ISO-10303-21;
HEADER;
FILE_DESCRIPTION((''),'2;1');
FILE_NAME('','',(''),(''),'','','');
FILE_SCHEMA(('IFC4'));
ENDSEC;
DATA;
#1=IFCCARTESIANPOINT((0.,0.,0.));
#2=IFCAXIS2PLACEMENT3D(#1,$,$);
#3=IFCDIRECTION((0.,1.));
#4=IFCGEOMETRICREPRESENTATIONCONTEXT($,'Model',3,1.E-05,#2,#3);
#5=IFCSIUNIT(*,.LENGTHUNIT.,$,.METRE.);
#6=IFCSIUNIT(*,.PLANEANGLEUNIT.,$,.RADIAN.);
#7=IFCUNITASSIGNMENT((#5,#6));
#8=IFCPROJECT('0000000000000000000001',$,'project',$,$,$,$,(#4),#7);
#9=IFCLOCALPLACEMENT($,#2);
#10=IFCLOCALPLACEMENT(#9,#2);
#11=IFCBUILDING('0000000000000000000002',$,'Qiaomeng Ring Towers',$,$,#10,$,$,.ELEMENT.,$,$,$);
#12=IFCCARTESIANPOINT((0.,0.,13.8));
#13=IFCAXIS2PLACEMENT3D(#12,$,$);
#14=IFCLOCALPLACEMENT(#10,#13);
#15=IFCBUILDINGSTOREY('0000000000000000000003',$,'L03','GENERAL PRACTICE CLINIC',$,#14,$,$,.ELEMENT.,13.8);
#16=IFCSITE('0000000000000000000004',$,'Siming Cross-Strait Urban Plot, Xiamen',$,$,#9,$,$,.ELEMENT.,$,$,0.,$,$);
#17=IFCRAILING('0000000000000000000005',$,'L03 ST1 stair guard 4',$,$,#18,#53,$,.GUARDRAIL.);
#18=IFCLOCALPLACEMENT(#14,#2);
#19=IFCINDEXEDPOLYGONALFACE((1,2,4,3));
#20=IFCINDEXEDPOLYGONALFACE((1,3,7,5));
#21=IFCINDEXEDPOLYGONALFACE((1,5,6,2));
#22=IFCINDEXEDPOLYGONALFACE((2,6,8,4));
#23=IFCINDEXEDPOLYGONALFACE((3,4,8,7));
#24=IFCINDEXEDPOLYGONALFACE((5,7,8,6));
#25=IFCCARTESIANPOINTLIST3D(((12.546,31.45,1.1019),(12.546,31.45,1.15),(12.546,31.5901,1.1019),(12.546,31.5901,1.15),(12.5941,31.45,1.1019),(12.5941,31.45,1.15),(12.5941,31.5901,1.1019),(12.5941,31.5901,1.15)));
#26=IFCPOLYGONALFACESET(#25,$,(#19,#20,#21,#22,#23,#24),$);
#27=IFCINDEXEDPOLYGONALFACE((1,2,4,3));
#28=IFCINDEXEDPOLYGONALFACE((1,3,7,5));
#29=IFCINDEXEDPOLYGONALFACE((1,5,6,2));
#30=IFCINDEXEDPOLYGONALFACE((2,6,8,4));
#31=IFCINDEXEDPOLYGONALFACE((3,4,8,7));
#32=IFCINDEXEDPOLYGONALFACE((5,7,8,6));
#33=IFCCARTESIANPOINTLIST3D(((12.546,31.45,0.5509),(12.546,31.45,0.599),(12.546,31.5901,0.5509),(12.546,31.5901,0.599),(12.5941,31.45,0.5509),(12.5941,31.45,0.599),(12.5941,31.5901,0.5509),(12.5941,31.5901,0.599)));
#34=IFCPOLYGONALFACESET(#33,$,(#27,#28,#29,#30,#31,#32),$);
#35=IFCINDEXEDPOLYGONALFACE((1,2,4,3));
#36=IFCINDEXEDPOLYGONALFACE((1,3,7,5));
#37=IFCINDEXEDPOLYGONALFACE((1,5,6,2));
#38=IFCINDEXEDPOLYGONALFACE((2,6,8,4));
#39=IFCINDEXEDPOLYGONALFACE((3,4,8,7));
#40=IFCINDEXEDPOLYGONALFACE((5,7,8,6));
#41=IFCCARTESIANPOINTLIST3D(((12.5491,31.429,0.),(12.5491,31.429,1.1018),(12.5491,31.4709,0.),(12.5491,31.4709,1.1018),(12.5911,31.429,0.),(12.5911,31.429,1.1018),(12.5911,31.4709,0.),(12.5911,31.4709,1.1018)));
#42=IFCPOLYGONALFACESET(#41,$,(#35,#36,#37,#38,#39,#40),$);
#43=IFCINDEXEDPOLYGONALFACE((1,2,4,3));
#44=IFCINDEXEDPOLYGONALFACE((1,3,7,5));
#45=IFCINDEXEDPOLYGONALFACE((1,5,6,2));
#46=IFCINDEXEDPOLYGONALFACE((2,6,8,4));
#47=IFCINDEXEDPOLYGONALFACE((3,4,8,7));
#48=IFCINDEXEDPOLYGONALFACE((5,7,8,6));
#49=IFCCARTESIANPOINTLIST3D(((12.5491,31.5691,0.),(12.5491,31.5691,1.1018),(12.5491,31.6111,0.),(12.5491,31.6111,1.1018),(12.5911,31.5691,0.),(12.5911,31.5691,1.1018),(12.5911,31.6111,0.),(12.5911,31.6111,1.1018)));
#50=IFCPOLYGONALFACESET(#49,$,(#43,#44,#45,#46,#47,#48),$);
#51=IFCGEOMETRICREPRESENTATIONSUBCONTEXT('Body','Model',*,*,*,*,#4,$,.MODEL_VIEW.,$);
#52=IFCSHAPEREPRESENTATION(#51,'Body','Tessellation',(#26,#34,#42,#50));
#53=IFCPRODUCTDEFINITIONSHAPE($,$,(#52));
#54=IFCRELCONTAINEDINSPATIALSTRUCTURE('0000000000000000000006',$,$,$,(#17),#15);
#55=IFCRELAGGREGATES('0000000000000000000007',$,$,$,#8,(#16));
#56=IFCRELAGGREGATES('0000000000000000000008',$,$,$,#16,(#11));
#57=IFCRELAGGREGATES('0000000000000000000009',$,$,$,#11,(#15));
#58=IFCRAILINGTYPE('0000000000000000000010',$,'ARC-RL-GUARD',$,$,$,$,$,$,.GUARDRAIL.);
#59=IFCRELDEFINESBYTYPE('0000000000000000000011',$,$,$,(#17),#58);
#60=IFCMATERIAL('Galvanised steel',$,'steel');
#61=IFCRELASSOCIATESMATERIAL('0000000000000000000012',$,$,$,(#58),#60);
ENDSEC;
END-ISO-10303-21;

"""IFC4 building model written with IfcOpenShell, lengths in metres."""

from ifc_helpers import new_model, si_unit, direction, frame, origin, origin_2d, place, context, subcontext, project, spatial, rectangle, extrude, material, type_object, element, save


model = new_model("IFC4")

# Units and contexts
model_context = context("Model", 3, precision=1e-05, world=origin(), true_north=direction((0.0, 1.0)))
body_context = subcontext(model_context, "Body", "Model", "MODEL_VIEW")
ifc_project = project(units=[si_unit("LENGTHUNIT", "METRE"), si_unit("PLANEANGLEUNIT", "RADIAN")], contexts=[model_context])

# Site, building, storey
site_placement = place(None, origin())
site = spatial("IfcSite", under=ifc_project, at=site_placement, Name="Siming Cross-Strait Urban Plot, Xiamen", CompositionType="ELEMENT", RefElevation=0.0)
building_placement = place(site_placement, origin())
building = spatial("IfcBuilding", under=site, at=building_placement, Name="Qiaomeng Ring Towers", CompositionType="ELEMENT")
storey_placement = place(building_placement, frame((0.0, 0.0, 13.8)))
storey = spatial("IfcBuildingStorey", under=building, at=storey_placement, Name="L03", Description="GENERAL PRACTICE CLINIC", CompositionType="ELEMENT", Elevation=13.8)

# Shared definitions
ifc_material_1 = material(Name="Galvanised steel", Category="steel")

# Railing
railing_type = type_object("IfcRailingType", Name="ARC-RL-GUARD", PredefinedType="GUARDRAIL", material=ifc_material_1)
railing_1_placement = place(storey_placement, frame((12.5701, 31.45, 0.0)))
element("IfcRailing", 1, at=railing_1_placement, inside=storey, type_object=railing_type, Name="L03 ST1 stair guard 4", PredefinedType="GUARDRAIL", context=body_context, shape_type="SweptSolid", body=[
    extrude(rectangle(XDim=0.0481, YDim=0.0481, at=origin_2d()), frame((0.0, 0.0, 1.126), z_axis=(0.0, 1.0, 0.0), x_axis=(-1.0, 0.0, 0.0)), (0.0, 0.0, 1.0), 0.1401),
    extrude(rectangle(XDim=0.0481, YDim=0.0481, at=origin_2d()), frame((0.0, 0.0, 0.575), z_axis=(0.0, 1.0, 0.0), x_axis=(-1.0, 0.0, 0.0)), (0.0, 0.0, 1.0), 0.1401),
    extrude(rectangle(XDim=0.042, YDim=0.042, at=origin_2d()), origin(), (0.0, 0.0, 1.0), 1.1018),
    extrude(rectangle(XDim=0.042, YDim=0.042, at=origin_2d()), frame((0.0, 0.1401, 0.0)), (0.0, 0.0, 1.0), 1.1018),
])

save(model, "model.ifc")
